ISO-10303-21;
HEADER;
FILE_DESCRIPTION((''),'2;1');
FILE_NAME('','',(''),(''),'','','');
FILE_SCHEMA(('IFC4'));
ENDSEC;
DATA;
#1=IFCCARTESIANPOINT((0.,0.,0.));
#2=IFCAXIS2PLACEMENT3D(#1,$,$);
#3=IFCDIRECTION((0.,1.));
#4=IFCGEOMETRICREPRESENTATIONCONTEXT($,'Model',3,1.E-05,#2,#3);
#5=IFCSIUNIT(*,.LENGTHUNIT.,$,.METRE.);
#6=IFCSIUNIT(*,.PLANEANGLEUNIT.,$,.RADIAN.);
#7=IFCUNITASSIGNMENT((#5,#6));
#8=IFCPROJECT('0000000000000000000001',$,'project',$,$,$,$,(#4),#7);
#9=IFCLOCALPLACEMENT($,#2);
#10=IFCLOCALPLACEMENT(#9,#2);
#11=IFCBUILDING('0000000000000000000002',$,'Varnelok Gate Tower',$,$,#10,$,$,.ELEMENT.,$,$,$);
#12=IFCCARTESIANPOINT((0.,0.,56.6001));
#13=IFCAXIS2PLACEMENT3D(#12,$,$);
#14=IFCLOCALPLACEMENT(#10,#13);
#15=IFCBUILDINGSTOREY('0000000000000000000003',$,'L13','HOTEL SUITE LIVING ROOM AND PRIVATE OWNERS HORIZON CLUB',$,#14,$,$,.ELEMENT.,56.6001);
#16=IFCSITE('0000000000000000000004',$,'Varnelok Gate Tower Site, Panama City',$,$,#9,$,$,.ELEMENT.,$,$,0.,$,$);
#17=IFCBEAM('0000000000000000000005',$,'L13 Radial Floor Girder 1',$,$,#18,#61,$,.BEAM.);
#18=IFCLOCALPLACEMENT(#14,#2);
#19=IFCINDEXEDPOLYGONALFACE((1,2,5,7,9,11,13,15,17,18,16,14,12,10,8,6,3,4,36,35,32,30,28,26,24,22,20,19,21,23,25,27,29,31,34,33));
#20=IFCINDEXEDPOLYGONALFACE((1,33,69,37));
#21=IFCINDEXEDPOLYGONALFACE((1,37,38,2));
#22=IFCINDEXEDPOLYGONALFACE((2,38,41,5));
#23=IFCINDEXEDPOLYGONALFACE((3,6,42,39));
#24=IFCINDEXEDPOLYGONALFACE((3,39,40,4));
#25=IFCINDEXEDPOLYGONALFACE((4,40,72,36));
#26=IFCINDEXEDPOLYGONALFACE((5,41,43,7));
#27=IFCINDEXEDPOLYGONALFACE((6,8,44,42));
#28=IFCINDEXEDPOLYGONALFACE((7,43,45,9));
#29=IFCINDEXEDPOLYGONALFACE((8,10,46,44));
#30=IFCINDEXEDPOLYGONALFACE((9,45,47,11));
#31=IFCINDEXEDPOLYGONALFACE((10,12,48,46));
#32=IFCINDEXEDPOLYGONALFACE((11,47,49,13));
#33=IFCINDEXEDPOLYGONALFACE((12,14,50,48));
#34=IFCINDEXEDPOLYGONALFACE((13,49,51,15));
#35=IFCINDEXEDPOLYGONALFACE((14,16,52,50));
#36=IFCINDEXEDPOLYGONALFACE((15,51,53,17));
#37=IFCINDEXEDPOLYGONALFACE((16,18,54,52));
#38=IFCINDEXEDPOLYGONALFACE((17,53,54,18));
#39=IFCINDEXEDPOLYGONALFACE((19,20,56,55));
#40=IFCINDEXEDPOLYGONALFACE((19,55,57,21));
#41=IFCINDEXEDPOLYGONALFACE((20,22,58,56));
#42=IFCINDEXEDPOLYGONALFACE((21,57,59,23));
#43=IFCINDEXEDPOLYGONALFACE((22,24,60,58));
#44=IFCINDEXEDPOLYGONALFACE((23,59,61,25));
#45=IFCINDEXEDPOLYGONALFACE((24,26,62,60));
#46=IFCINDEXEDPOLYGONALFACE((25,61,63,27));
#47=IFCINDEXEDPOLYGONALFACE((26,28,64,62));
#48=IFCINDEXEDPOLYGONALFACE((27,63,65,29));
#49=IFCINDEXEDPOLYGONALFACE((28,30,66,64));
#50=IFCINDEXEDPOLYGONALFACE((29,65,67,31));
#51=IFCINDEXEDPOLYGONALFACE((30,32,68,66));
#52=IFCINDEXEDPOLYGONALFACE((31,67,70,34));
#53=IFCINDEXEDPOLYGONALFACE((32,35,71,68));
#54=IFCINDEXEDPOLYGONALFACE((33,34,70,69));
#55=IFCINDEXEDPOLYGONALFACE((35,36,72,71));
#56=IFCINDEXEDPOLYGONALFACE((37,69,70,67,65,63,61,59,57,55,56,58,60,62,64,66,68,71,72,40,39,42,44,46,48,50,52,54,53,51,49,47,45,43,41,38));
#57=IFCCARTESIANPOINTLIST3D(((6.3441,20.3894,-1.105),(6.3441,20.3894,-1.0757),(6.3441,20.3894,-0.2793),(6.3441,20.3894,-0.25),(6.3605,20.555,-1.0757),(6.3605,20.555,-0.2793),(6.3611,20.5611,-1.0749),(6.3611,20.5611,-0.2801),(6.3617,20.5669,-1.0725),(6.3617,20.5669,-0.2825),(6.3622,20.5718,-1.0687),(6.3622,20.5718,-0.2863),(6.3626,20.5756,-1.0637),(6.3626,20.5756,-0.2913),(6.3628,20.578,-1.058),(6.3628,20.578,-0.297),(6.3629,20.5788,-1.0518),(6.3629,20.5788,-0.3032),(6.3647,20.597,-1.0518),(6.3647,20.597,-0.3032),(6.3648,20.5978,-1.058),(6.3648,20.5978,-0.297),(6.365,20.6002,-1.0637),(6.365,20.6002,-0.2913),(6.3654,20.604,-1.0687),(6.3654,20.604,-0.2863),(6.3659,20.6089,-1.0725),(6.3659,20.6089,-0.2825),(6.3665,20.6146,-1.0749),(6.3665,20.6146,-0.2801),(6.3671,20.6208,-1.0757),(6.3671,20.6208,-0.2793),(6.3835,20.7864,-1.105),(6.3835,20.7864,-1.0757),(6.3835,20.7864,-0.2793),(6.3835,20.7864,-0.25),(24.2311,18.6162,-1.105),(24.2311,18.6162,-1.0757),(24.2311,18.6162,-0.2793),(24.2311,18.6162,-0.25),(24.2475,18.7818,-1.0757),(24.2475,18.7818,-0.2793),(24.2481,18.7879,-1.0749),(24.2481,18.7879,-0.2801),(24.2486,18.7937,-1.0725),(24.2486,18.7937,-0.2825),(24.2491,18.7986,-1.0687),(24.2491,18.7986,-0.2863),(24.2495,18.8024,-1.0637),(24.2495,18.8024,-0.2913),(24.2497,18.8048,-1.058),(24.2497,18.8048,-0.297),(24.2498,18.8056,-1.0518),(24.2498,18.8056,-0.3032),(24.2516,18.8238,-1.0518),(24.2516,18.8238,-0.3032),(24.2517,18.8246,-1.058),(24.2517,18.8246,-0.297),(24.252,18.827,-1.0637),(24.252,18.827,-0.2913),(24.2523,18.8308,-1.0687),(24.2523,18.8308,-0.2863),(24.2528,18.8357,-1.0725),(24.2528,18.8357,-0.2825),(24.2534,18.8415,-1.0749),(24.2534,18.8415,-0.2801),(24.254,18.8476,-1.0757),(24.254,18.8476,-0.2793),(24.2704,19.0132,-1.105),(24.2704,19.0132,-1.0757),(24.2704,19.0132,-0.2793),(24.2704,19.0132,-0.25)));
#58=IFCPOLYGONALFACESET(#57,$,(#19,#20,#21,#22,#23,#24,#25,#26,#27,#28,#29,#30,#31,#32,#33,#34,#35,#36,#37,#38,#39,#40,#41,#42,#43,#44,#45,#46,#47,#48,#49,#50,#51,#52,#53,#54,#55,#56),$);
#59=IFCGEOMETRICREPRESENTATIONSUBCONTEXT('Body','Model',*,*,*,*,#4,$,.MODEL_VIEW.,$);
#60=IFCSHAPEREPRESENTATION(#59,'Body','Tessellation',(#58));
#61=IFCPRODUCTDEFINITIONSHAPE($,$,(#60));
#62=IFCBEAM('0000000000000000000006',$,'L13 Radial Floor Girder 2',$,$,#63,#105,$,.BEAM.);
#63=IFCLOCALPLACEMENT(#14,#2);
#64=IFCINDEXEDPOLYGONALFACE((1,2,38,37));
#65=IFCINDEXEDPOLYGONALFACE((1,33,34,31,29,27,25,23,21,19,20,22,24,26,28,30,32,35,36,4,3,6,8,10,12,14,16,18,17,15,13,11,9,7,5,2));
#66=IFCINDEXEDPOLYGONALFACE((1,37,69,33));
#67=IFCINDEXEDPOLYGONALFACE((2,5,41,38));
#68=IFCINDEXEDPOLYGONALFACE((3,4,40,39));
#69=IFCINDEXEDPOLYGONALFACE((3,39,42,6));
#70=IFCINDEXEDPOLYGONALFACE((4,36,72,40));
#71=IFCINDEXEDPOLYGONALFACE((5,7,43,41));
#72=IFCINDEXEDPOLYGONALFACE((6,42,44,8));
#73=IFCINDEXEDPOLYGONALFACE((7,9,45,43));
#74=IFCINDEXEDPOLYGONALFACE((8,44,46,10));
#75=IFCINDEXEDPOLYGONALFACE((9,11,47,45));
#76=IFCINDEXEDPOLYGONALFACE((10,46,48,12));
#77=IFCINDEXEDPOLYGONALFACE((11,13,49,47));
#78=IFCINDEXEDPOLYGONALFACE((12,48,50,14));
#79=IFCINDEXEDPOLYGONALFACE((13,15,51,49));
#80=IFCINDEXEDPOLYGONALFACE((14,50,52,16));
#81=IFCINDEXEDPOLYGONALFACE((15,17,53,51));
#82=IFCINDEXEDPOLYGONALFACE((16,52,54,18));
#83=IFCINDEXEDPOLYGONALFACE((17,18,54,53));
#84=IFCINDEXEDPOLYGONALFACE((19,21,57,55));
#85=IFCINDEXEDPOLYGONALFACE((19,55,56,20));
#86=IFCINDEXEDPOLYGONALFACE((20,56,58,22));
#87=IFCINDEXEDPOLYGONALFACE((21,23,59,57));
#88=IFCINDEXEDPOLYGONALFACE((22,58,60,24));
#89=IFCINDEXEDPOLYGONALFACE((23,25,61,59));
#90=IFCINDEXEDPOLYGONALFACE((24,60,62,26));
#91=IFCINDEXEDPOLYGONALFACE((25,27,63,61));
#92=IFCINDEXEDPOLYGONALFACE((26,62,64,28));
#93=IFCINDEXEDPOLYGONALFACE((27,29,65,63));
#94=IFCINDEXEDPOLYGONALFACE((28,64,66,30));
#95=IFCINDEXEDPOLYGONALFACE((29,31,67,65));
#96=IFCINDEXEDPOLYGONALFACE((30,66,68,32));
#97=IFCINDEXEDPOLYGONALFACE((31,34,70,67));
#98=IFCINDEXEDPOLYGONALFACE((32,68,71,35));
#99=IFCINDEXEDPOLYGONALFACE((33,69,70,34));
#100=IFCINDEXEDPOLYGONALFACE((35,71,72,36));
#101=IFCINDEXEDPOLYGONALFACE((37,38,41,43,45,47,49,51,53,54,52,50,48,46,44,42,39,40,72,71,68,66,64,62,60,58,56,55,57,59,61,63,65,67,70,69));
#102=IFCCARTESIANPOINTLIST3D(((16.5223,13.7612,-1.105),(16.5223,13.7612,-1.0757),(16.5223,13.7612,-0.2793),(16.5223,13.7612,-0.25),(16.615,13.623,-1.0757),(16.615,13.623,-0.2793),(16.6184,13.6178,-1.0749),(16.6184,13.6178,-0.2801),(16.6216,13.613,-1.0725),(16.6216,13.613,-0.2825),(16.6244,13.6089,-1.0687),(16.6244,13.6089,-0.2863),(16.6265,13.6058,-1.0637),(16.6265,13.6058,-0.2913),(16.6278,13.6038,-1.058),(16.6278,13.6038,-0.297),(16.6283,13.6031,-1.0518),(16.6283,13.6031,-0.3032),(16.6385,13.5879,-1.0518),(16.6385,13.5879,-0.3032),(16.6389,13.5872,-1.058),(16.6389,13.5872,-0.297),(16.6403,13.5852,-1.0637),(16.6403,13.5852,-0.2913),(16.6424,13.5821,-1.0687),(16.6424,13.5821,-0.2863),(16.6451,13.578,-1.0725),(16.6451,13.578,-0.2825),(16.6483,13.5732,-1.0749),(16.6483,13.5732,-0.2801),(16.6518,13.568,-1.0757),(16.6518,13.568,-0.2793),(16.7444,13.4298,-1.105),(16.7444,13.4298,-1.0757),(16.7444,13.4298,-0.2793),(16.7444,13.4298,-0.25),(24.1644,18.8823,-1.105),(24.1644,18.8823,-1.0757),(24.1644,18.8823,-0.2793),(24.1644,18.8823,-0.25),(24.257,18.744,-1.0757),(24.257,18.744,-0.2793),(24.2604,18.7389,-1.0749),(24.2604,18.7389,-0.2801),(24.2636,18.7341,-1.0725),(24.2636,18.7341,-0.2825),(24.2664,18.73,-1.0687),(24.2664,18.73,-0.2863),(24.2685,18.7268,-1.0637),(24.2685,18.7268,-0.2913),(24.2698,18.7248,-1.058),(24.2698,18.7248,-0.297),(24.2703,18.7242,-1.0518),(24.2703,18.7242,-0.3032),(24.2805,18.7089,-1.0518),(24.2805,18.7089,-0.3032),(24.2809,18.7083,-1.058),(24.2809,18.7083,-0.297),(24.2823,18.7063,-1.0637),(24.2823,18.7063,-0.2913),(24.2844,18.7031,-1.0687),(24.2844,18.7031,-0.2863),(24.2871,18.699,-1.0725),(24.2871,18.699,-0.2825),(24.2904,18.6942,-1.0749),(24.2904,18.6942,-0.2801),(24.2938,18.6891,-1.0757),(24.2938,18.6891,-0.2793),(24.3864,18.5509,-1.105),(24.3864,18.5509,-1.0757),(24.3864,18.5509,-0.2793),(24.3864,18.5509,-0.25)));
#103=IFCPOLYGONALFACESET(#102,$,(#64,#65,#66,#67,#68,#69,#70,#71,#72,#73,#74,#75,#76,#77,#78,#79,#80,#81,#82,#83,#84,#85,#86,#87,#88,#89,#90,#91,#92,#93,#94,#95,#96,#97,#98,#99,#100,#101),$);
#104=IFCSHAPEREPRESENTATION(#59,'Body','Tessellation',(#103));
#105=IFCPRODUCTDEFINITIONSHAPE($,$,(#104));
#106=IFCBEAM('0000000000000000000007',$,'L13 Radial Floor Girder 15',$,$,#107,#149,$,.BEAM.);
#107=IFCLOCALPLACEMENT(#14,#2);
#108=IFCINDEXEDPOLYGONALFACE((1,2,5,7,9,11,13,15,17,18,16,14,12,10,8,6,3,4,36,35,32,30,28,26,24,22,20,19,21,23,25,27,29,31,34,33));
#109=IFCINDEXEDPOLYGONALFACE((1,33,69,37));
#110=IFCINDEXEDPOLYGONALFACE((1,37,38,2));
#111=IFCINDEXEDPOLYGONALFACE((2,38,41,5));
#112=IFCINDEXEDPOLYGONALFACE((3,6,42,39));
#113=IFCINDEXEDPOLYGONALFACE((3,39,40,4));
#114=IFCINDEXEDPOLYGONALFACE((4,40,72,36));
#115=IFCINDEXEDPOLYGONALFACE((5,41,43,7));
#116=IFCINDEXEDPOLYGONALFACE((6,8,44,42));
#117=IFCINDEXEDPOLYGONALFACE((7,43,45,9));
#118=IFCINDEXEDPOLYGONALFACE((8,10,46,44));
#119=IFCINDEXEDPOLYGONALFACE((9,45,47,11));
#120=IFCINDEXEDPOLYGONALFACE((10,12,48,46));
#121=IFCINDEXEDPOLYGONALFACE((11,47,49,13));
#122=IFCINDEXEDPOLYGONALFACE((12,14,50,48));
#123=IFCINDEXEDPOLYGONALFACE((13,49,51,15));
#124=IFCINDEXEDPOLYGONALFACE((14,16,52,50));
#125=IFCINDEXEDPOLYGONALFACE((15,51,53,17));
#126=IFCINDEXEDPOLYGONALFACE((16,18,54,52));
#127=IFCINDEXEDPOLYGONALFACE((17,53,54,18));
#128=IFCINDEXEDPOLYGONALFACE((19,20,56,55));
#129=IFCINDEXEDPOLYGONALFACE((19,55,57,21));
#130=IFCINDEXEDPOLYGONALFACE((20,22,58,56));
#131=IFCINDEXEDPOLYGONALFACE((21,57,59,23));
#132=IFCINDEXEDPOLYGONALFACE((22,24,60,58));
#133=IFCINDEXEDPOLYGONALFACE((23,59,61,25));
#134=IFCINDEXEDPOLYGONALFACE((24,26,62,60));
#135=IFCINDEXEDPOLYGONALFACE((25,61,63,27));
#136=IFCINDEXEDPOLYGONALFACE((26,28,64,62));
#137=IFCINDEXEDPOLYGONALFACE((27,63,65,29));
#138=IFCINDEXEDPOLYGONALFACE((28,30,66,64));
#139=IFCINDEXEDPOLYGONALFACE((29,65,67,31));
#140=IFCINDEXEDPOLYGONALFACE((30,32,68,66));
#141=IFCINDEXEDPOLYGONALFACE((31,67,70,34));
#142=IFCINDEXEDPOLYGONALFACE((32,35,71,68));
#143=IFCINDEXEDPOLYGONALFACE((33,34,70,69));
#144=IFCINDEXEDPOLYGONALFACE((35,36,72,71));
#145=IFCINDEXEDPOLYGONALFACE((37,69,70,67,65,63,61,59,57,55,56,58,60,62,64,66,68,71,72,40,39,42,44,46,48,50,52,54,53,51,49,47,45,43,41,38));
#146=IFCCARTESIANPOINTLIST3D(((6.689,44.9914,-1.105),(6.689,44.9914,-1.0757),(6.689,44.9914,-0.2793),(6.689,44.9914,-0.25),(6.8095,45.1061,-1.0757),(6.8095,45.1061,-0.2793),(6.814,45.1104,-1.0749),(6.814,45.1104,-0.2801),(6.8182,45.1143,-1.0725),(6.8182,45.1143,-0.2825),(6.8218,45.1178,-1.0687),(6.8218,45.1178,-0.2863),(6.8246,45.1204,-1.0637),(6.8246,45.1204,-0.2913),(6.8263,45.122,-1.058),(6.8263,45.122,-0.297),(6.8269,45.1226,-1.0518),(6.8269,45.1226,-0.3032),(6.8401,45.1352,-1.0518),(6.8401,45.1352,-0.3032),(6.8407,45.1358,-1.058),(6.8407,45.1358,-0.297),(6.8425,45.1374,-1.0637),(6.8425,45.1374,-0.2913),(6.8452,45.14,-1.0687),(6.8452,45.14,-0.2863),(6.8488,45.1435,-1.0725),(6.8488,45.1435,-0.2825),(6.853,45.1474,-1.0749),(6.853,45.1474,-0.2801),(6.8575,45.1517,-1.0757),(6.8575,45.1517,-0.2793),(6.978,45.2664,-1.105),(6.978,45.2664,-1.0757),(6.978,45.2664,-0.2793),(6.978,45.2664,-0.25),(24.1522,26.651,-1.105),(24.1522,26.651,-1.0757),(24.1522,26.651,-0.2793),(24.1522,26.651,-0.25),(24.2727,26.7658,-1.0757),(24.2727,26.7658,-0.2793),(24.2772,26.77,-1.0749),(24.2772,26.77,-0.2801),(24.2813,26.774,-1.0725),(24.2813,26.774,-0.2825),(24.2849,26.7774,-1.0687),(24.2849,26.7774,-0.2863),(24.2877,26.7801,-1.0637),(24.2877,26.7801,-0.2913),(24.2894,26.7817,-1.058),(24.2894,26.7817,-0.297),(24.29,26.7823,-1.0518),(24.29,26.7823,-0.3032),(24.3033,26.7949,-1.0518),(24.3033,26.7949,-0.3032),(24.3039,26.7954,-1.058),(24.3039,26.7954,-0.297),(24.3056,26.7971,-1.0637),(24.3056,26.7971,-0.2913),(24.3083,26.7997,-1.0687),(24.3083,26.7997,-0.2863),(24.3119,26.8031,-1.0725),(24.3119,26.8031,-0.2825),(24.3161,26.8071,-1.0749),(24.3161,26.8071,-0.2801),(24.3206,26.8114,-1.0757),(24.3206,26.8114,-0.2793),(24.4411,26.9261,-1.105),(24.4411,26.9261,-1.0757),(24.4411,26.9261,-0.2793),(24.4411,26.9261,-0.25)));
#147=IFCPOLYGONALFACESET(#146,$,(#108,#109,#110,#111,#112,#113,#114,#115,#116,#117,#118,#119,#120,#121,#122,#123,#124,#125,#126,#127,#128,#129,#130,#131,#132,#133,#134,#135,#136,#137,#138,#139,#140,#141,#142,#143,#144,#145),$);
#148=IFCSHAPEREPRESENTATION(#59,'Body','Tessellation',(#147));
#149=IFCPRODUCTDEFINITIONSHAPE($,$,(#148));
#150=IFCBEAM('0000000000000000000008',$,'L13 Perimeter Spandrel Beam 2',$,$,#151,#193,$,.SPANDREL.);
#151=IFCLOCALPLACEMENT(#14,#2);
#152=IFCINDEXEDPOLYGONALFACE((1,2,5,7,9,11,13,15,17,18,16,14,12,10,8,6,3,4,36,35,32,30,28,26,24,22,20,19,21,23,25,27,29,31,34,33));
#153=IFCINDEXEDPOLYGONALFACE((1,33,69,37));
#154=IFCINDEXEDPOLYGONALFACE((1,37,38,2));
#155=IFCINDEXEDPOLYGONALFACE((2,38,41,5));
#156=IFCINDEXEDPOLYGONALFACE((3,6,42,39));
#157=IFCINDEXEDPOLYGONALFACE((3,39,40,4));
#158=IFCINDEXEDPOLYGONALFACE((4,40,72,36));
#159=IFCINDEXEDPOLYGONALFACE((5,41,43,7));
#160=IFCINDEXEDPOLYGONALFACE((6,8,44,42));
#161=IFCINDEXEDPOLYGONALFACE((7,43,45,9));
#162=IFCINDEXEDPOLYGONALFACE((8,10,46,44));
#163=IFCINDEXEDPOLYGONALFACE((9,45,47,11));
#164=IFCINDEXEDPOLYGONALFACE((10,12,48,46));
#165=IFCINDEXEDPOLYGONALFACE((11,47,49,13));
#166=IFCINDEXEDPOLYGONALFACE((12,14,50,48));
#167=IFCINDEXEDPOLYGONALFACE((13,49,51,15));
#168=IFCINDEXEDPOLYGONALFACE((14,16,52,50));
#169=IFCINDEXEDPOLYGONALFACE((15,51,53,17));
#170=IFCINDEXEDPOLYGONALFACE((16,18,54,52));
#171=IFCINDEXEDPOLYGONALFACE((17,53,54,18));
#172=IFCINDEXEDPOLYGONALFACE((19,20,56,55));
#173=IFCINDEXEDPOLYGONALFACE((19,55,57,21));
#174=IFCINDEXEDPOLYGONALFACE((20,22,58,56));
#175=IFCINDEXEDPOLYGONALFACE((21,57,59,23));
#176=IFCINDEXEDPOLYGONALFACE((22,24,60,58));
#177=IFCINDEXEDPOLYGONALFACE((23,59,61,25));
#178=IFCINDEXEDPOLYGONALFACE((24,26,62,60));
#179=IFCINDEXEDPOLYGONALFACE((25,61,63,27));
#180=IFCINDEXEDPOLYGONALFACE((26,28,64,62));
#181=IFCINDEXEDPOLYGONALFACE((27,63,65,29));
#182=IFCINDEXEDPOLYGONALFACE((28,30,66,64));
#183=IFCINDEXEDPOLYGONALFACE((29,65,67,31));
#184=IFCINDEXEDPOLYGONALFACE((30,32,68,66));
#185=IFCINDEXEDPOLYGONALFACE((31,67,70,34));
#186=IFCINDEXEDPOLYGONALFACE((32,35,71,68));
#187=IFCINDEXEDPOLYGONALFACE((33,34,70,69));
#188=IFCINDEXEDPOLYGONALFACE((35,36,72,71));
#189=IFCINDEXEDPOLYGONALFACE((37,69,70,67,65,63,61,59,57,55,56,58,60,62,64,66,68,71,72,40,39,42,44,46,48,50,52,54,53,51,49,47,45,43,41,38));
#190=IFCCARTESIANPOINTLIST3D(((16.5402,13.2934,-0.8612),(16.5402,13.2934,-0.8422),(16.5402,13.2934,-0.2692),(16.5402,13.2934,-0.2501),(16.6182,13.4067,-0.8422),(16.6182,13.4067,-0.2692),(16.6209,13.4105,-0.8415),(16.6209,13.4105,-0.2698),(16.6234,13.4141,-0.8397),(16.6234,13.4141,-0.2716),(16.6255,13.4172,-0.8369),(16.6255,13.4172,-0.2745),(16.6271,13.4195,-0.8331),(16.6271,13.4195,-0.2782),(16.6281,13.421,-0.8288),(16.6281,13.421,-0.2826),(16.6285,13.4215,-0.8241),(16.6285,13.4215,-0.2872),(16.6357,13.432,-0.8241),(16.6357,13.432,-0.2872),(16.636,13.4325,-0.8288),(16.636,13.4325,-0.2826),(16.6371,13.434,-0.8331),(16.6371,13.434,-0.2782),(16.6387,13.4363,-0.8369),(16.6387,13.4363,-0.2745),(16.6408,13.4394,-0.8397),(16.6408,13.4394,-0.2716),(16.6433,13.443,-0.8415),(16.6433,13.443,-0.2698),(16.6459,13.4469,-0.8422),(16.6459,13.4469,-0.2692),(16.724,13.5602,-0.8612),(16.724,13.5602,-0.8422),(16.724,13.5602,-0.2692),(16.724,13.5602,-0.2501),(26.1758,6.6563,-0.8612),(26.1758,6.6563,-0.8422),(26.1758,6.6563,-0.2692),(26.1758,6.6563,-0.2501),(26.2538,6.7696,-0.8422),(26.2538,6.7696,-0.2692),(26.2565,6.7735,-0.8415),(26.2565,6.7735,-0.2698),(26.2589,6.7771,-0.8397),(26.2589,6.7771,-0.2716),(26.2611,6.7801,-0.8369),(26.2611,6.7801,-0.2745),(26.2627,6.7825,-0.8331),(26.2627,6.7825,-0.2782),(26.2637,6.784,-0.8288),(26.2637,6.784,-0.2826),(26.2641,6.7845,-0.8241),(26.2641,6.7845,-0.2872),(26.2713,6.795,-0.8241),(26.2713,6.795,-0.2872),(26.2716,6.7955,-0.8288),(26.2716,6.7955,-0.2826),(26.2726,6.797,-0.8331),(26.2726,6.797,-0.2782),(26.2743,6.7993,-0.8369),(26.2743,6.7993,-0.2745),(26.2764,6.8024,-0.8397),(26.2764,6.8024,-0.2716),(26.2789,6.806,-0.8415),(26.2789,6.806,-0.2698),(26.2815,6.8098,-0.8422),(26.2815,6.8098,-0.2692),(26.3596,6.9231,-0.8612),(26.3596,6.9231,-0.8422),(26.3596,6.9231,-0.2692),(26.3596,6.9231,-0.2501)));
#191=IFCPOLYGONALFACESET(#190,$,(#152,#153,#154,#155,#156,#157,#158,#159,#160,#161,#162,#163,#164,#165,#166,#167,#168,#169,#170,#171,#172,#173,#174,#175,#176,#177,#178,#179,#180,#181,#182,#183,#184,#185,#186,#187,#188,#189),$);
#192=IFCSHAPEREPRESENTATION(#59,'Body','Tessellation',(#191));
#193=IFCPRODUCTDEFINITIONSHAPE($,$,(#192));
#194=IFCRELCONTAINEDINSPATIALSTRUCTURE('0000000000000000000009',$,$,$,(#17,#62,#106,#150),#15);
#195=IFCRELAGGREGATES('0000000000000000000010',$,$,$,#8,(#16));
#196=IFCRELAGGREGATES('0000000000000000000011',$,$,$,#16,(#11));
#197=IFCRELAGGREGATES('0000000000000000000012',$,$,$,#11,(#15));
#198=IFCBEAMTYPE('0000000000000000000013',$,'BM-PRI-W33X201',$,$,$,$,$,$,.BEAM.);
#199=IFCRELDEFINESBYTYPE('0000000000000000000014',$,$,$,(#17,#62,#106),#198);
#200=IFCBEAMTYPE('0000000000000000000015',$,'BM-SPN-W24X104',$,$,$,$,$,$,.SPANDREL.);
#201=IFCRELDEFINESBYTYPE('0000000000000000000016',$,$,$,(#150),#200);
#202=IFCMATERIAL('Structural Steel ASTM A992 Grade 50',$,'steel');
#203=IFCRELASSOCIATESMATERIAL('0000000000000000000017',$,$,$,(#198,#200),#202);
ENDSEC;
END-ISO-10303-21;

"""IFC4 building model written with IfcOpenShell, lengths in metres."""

from ifc_helpers import new_model, si_unit, direction, frame, origin, origin_2d, place, context, subcontext, project, spatial, i_section, extrude, material, material_profile, profile_set, type_object, element, save


model = new_model("IFC4")

# Units and contexts
model_context = context("Model", 3, precision=1e-05, world=origin(), true_north=direction((0.0, 1.0)))
body_context = subcontext(model_context, "Body", "Model", "MODEL_VIEW")
ifc_project = project(units=[si_unit("LENGTHUNIT", "METRE"), si_unit("PLANEANGLEUNIT", "RADIAN")], contexts=[model_context])

# Site, building, storey
site_placement = place(None, origin())
site = spatial("IfcSite", under=ifc_project, at=site_placement, Name="Varnelok Gate Tower Site, Panama City", CompositionType="ELEMENT", RefElevation=0.0)
building_placement = place(site_placement, origin())
building = spatial("IfcBuilding", under=site, at=building_placement, Name="Varnelok Gate Tower", CompositionType="ELEMENT")
storey_placement = place(building_placement, frame((0.0, 0.0, 56.6001)))
storey = spatial("IfcBuildingStorey", under=building, at=storey_placement, Name="L13", Description="HOTEL SUITE LIVING ROOM AND PRIVATE OWNERS HORIZON CLUB", CompositionType="ELEMENT", Elevation=56.6001)

# Shared definitions
ifc_material_1 = material(Name="Structural Steel ASTM A992 Grade 50", Category="steel")

# Beams
ifc_material_profile_1 = material_profile(ifc_material_1, i_section(OverallWidth=0.3989, OverallDepth=0.855, WebThickness=0.0183, FlangeThickness=0.0293, FilletRadius=0.0239, at=origin_2d()), Name="W33X201")
ifc_profile_set_1 = profile_set([ifc_material_profile_1], Name="Structural Steel ASTM A992 Grade 50")
beam_type_1 = type_object("IfcBeamType", Name="BM-PRI-W33X201", PredefinedType="BEAM", material=ifc_profile_set_1)
beam_1_placement = place(storey_placement, frame((24.2507, 18.8147, -0.6775), z_axis=(-0.995122, 0.09865, 0.0), x_axis=(-0.09865, -0.995122, 0.0)))
element("IfcBeam", 1, at=beam_1_placement, inside=storey, type_object=beam_type_1, Name="L13 Radial Floor Girder 1", PredefinedType="BEAM", context=body_context, shape_type="SweptSolid", body=[
    extrude(i_section(OverallWidth=0.3989, OverallDepth=0.855, WebThickness=0.0183, FlangeThickness=0.0293, FilletRadius=0.0239, at=origin_2d()), origin(), (0.0, 0.0, 1.0), 17.9746),
])
beam_2_placement = place(storey_placement, frame((24.2754, 18.7166, -0.6775), z_axis=(-0.830725, -0.556683, 0.0), x_axis=(0.556683, -0.830725, 0.0)))
element("IfcBeam", 2, at=beam_2_placement, inside=storey, type_object=beam_type_1, Name="L13 Radial Floor Girder 2", PredefinedType="BEAM", context=body_context, shape_type="SweptSolid", body=[
    extrude(i_section(OverallWidth=0.3989, OverallDepth=0.855, WebThickness=0.0183, FlangeThickness=0.0293, FilletRadius=0.0239, at=origin_2d()), origin(), (0.0, 0.0, 1.0), 9.1992),
])
beam_3_placement = place(storey_placement, frame((24.2966, 26.7886, -0.6775), z_axis=(-0.689575, 0.724214, 0.0), x_axis=(-0.724214, -0.689575, 0.0)))
element("IfcBeam", 3, at=beam_3_placement, inside=storey, type_object=beam_type_1, Name="L13 Radial Floor Girder 15", PredefinedType="BEAM", context=body_context, shape_type="SweptSolid", body=[
    extrude(i_section(OverallWidth=0.3989, OverallDepth=0.855, WebThickness=0.0183, FlangeThickness=0.0293, FilletRadius=0.0239, at=origin_2d()), origin(), (0.0, 0.0, 1.0), 25.3245),
])
ifc_material_profile_2 = material_profile(ifc_material_1, i_section(OverallWidth=0.324, OverallDepth=0.6111, WebThickness=0.0127, FlangeThickness=0.019, FilletRadius=0.0181, at=origin_2d()), Name="W24X104")
ifc_profile_set_2 = profile_set([ifc_material_profile_2], Name="Structural Steel ASTM A992 Grade 50")
beam_type_2 = type_object("IfcBeamType", Name="BM-SPN-W24X104", PredefinedType="SPANDREL", material=ifc_profile_set_2)
beam_4_placement = place(storey_placement, frame((16.6321, 13.4268, -0.5557), z_axis=(0.823541, -0.567257, 0.0), x_axis=(0.567257, 0.823541, 0.0)))
element("IfcBeam", 4, at=beam_4_placement, inside=storey, type_object=beam_type_2, Name="L13 Perimeter Spandrel Beam 2", PredefinedType="SPANDREL", context=body_context, shape_type="SweptSolid", body=[
    extrude(i_section(OverallWidth=0.324, OverallDepth=0.6111, WebThickness=0.0127, FlangeThickness=0.019, FilletRadius=0.0181, at=origin_2d()), origin(), (0.0, 0.0, 1.0), 11.7002),
])

save(model, "model.ifc")
